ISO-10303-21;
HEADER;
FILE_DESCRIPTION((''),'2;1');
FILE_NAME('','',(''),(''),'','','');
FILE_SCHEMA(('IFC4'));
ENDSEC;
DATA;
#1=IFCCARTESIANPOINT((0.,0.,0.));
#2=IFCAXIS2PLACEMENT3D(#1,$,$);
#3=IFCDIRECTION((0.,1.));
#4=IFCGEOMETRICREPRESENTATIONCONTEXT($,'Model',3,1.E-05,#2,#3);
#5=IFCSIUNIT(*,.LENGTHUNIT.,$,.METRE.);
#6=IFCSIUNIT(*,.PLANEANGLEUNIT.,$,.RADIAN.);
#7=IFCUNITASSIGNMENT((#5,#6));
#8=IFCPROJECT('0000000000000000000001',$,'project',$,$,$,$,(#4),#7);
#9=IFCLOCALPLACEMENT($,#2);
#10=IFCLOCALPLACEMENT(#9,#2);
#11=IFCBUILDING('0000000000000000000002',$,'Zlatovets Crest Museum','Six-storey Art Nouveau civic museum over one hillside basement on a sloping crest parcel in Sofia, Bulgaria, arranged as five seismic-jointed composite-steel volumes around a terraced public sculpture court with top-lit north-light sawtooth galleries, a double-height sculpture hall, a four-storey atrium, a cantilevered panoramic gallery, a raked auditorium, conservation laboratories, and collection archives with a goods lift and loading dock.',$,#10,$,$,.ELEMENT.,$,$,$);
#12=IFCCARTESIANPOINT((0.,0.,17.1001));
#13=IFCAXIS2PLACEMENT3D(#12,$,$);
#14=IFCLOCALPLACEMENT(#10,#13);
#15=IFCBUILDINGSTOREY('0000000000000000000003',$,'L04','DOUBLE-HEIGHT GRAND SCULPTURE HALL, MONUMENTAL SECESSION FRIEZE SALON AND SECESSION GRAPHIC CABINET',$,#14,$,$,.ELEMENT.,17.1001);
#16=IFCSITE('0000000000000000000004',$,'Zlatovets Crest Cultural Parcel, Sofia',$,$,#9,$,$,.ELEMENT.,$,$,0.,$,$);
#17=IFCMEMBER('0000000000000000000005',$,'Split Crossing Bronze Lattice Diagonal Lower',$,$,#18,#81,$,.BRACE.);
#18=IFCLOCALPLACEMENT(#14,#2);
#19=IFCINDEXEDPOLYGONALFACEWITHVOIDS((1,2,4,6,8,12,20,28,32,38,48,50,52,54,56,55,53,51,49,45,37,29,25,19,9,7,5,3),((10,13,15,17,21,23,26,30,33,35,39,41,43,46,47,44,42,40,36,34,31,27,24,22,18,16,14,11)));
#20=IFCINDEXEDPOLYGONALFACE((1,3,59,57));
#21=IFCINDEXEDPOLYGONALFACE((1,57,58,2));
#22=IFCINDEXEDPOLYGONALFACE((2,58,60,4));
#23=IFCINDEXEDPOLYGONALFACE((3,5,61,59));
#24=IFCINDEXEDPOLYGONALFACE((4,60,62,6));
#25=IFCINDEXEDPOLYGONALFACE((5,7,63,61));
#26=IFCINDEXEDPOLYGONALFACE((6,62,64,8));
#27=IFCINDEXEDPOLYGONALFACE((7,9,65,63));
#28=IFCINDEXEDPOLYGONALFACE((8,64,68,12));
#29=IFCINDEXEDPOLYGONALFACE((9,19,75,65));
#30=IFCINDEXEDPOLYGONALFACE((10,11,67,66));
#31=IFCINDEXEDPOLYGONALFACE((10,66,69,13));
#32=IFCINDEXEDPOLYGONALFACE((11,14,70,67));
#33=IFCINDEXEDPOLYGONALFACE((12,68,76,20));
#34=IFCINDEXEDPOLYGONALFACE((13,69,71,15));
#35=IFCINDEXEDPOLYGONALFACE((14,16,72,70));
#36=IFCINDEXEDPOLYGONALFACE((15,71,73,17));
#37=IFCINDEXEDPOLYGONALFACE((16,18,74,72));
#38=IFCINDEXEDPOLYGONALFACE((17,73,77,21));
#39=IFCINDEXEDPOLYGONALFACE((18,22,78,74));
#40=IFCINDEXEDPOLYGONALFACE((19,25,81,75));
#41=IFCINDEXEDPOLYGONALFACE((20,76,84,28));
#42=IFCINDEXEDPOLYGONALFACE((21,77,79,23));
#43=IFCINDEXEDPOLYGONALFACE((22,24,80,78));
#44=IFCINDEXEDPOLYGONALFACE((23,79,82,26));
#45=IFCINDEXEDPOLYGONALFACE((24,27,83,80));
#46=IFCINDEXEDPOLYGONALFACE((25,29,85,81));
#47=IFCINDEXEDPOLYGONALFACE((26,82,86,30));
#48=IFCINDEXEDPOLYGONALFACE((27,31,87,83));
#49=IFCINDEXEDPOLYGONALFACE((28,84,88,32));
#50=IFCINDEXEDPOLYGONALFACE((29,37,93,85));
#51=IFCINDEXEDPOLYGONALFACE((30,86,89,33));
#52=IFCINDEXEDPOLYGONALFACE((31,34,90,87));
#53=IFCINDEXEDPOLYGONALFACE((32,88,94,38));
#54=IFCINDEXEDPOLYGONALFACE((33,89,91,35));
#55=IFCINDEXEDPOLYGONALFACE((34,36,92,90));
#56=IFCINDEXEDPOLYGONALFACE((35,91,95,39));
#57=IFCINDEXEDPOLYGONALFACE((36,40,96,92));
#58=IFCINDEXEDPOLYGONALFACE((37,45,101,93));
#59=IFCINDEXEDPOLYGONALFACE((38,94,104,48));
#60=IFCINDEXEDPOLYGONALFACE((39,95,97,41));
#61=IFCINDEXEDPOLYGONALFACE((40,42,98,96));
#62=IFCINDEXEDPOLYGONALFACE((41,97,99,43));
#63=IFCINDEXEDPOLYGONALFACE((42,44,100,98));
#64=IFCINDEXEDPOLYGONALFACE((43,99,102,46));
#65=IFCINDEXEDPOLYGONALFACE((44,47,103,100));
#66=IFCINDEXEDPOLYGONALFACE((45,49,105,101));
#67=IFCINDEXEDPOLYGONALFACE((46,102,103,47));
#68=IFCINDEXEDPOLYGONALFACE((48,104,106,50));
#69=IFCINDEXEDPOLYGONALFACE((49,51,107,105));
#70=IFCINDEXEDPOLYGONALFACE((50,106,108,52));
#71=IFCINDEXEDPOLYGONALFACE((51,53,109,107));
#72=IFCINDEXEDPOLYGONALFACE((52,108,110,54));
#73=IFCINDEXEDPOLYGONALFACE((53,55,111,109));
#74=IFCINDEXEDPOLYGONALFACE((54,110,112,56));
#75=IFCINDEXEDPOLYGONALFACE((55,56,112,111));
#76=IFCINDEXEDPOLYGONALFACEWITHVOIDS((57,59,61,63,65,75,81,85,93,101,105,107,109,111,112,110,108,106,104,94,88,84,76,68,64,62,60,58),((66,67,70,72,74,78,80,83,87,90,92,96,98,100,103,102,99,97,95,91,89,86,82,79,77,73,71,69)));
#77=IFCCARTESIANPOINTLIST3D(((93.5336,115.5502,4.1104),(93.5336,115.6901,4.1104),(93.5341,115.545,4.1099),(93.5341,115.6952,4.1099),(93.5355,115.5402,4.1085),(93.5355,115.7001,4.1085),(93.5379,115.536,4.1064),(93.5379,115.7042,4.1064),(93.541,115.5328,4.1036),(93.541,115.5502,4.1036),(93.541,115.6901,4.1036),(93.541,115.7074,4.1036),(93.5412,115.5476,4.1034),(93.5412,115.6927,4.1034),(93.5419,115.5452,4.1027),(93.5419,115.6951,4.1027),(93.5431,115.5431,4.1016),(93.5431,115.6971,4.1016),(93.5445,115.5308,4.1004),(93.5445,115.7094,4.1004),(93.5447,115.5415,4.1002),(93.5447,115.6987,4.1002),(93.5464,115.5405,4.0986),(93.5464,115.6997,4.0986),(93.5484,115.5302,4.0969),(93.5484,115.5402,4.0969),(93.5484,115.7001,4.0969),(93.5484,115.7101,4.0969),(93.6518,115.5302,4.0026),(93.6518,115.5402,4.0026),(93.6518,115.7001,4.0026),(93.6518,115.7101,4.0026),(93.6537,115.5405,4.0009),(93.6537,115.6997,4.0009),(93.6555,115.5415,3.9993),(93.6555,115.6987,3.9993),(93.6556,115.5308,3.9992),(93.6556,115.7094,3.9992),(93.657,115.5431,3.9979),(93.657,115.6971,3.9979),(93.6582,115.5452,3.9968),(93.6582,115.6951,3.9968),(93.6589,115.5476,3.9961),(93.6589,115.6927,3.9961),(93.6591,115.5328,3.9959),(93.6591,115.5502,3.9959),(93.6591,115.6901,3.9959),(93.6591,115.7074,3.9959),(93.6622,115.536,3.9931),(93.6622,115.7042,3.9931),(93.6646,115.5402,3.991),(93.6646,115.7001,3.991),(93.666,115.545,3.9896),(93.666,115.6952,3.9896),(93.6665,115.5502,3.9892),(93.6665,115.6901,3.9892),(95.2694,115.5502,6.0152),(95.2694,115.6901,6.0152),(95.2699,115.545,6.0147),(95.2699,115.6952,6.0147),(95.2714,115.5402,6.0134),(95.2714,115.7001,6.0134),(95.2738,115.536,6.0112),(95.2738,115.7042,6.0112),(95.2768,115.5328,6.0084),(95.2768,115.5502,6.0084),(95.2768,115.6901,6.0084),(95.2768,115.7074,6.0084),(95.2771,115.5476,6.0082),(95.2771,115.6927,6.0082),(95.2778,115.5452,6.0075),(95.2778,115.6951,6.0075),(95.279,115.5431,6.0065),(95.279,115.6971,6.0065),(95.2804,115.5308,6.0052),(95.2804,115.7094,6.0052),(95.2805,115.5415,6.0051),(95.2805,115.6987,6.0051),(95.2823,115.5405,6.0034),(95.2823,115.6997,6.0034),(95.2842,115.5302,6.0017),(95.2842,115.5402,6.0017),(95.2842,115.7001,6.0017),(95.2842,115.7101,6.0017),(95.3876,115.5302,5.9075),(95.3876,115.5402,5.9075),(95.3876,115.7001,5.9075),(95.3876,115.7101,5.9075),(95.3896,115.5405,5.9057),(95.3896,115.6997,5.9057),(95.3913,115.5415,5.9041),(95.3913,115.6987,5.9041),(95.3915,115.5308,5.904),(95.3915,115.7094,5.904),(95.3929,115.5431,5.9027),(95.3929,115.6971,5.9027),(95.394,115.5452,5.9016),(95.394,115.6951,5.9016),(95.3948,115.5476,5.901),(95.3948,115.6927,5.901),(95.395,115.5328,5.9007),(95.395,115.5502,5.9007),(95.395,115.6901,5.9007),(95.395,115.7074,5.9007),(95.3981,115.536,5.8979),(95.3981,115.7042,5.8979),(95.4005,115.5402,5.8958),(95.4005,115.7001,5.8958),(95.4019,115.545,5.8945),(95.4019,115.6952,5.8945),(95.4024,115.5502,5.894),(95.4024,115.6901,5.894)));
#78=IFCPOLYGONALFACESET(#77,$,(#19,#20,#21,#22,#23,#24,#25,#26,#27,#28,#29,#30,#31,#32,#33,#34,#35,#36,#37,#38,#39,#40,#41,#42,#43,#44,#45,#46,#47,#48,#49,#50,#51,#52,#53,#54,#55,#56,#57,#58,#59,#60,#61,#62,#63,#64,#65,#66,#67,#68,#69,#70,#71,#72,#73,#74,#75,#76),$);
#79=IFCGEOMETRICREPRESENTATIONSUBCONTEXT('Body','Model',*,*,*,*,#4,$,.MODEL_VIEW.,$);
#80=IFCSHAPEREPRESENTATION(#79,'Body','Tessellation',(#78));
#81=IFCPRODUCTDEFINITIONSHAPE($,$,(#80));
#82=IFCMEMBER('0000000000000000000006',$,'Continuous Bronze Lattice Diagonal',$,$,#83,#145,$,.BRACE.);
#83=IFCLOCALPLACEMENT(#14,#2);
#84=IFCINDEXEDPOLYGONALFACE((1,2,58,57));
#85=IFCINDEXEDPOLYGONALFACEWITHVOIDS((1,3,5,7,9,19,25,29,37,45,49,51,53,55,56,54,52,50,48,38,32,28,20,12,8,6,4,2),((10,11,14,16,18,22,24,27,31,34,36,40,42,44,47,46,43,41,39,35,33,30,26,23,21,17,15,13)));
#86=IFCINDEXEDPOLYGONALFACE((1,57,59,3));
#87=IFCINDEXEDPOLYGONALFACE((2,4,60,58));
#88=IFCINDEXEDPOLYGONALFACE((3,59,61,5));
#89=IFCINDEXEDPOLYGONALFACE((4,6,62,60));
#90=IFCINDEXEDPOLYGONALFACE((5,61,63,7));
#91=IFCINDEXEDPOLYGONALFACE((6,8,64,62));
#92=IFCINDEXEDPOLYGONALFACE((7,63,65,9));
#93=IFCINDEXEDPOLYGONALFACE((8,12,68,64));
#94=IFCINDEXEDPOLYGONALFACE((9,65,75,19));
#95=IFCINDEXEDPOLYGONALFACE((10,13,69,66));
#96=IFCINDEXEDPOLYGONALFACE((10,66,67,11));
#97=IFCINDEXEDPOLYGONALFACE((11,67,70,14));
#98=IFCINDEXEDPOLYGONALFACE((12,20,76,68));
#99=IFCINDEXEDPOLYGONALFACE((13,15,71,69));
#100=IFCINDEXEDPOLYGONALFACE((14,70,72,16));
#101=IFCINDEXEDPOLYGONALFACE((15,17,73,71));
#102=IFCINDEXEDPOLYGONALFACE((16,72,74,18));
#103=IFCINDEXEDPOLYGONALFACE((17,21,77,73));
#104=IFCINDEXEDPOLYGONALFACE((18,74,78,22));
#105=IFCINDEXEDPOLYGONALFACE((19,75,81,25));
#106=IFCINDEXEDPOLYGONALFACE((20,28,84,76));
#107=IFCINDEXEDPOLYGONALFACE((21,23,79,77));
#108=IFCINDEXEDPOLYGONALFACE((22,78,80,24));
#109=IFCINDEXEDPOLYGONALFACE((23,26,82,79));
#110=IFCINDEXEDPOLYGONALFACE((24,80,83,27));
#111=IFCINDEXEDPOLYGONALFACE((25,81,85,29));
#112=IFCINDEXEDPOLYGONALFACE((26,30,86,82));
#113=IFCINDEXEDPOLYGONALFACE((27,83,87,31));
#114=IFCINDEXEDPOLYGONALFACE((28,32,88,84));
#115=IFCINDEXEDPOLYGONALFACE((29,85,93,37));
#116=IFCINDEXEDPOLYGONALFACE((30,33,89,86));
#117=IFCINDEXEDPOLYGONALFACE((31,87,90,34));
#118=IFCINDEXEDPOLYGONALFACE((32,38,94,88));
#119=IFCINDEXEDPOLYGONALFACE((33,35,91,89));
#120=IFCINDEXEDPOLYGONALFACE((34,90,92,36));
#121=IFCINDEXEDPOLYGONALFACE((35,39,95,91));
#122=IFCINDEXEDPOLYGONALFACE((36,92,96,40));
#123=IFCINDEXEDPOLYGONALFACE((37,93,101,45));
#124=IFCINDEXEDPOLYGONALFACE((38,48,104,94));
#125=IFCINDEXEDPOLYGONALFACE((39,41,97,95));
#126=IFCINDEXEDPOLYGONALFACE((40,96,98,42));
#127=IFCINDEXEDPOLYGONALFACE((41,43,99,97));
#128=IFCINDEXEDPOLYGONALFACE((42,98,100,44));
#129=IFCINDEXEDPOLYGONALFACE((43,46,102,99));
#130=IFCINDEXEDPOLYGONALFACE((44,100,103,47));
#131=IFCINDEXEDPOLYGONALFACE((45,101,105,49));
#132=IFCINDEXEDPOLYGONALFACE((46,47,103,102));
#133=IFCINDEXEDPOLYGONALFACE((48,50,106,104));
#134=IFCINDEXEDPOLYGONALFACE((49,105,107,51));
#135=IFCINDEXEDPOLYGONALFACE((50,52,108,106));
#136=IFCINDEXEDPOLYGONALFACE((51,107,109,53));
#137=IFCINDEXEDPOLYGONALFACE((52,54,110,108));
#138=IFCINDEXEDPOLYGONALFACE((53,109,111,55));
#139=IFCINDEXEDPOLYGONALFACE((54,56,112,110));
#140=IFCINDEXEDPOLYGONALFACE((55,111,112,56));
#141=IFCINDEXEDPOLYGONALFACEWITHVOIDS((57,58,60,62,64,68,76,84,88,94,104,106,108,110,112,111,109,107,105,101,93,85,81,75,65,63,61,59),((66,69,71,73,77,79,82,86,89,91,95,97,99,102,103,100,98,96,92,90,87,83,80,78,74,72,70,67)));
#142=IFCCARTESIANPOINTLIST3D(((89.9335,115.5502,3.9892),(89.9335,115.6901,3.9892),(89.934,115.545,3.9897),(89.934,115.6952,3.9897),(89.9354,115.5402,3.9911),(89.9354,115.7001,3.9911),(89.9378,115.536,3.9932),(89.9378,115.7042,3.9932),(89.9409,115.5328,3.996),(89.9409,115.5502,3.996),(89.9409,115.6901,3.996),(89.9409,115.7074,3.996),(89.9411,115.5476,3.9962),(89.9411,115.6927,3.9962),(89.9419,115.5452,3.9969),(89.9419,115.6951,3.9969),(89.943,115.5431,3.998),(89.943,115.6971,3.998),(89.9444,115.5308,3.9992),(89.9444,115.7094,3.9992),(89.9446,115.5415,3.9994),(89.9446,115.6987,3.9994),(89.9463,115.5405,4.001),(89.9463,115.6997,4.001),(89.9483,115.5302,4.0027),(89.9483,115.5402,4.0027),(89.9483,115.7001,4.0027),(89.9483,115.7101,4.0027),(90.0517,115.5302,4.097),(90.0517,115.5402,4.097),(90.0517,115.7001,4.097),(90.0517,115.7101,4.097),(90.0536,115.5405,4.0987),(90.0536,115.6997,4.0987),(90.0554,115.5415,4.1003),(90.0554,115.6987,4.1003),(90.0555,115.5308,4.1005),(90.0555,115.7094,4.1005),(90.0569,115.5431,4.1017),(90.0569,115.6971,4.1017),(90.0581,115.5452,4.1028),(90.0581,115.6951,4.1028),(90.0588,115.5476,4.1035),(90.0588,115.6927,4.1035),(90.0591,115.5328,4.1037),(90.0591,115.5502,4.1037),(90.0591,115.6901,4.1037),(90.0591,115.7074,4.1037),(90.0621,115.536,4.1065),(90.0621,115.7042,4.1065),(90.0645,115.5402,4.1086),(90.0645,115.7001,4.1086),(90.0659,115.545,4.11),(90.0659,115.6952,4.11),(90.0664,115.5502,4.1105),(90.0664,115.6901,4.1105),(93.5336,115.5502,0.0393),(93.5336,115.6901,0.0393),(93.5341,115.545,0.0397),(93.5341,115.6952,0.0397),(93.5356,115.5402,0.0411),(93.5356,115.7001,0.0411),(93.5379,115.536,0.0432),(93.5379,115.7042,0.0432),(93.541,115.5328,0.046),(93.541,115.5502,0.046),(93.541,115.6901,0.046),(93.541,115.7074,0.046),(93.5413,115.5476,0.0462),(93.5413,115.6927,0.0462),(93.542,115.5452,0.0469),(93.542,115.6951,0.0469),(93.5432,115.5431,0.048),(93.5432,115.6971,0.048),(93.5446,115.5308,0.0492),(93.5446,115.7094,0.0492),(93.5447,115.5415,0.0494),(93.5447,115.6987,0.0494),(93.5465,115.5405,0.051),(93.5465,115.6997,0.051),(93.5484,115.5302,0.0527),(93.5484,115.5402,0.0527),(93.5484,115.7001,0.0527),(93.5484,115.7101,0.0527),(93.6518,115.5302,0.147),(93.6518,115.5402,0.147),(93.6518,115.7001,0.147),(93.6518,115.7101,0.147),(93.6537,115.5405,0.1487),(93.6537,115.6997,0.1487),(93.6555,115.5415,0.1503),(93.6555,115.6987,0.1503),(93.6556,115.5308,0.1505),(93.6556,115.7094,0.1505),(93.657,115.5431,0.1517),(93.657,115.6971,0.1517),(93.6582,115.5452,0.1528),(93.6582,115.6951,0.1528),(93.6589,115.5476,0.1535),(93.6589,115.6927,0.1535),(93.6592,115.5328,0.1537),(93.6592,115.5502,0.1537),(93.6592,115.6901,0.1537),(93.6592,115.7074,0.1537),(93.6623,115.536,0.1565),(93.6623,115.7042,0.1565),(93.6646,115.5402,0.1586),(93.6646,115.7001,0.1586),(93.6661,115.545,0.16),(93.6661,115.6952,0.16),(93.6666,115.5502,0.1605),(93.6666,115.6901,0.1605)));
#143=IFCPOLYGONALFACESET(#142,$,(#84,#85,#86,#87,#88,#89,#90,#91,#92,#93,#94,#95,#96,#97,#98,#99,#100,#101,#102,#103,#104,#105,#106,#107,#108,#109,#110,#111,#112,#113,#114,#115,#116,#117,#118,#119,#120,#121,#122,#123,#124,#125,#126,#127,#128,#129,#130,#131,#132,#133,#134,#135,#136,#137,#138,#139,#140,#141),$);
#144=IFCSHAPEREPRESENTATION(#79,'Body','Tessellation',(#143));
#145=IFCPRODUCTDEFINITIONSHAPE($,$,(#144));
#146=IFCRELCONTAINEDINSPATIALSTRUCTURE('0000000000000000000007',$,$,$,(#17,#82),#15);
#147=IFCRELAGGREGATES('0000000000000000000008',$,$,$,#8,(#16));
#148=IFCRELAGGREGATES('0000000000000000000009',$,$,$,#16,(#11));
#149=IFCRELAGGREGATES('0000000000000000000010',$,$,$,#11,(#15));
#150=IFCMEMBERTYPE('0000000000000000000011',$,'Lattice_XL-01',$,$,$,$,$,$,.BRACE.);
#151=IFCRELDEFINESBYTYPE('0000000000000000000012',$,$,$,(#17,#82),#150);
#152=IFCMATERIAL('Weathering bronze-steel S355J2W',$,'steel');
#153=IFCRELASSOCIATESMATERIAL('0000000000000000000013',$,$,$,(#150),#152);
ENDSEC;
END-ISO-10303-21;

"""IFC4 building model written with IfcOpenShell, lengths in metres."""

from ifc_helpers import new_model, si_unit, direction, frame, origin, origin_2d, place, context, subcontext, project, spatial, hollow_rectangle, extrude, material, material_profile, profile_set, type_object, element, save


model = new_model("IFC4")

# Units and contexts
model_context = context("Model", 3, precision=1e-05, world=origin(), true_north=direction((0.0, 1.0)))
body_context = subcontext(model_context, "Body", "Model", "MODEL_VIEW")
ifc_project = project(units=[si_unit("LENGTHUNIT", "METRE"), si_unit("PLANEANGLEUNIT", "RADIAN")], contexts=[model_context])

# Site, building, storey
site_placement = place(None, origin())
site = spatial("IfcSite", under=ifc_project, at=site_placement, Name="Zlatovets Crest Cultural Parcel, Sofia", CompositionType="ELEMENT", RefElevation=0.0)
building_placement = place(site_placement, origin())
building = spatial("IfcBuilding", under=site, at=building_placement, Name="Zlatovets Crest Museum", Description="Six-storey Art Nouveau civic museum over one hillside basement on a sloping crest parcel in Sofia, Bulgaria, arranged as five seismic-jointed composite-steel volumes around a terraced public sculpture court with top-lit north-light sawtooth galleries, a double-height sculpture hall, a four-storey atrium, a cantilevered panoramic gallery, a raked auditorium, conservation laboratories, and collection archives with a goods lift and loading dock.", CompositionType="ELEMENT")
storey_placement = place(building_placement, frame((0.0, 0.0, 17.1001)))
storey = spatial("IfcBuildingStorey", under=building, at=storey_placement, Name="L04", Description="DOUBLE-HEIGHT GRAND SCULPTURE HALL, MONUMENTAL SECESSION FRIEZE SALON AND SECESSION GRAPHIC CABINET", CompositionType="ELEMENT", Elevation=17.1001)

# Members
ifc_material_1 = material(Name="Weathering bronze-steel S355J2W", Category="steel")
ifc_material_profile_1 = material_profile(ifc_material_1, hollow_rectangle(XDim=0.1799, YDim=0.1799, WallThickness=0.01, InnerFilletRadius=0.01, OuterFilletRadius=0.02, at=origin_2d()), Name="SHS 180x180x10.0")
ifc_profile_set_1 = profile_set([ifc_material_profile_1], Name="Weathering bronze-steel S355J2W")
member_type_1 = type_object("IfcMemberType", Name="Lattice_XL-01", PredefinedType="BRACE", material=ifc_profile_set_1)
for number, where, z_axis, x_axis, name in (
    (1, (95.3359, 115.6201, 5.9546), (-0.673568, 0.0, -0.739125), (0.0, -1.0, 0.0), "Split Crossing Bronze Lattice Diagonal Lower"),
):
    element("IfcMember", number, at=place(storey_placement, frame(where, z_axis=z_axis, x_axis=x_axis)), inside=storey, type_object=member_type_1, Name=name, PredefinedType="BRACE", context=body_context, shape_type="SweptSolid", body=[
        extrude(hollow_rectangle(XDim=0.1799, YDim=0.1799, WallThickness=0.01, InnerFilletRadius=0.01, OuterFilletRadius=0.02, at=origin_2d()), origin(), (0.0, 0.0, 1.0), 2.5771),
    ])
member_1_placement = place(storey_placement, frame((93.6001, 115.6201, 0.0999), z_axis=(-0.673618, 0.0, 0.73908), x_axis=(0.0, -1.0, 0.0)))
element("IfcMember", 2, at=member_1_placement, inside=storey, type_object=member_type_1, Name="Continuous Bronze Lattice Diagonal", PredefinedType="BRACE", context=body_context, shape_type="SweptSolid", body=[
    extrude(hollow_rectangle(XDim=0.1799, YDim=0.1799, WallThickness=0.01, InnerFilletRadius=0.01, OuterFilletRadius=0.02, at=origin_2d()), origin(), (0.0, 0.0, 1.0), 5.3445),
])

save(model, "model.ifc")
